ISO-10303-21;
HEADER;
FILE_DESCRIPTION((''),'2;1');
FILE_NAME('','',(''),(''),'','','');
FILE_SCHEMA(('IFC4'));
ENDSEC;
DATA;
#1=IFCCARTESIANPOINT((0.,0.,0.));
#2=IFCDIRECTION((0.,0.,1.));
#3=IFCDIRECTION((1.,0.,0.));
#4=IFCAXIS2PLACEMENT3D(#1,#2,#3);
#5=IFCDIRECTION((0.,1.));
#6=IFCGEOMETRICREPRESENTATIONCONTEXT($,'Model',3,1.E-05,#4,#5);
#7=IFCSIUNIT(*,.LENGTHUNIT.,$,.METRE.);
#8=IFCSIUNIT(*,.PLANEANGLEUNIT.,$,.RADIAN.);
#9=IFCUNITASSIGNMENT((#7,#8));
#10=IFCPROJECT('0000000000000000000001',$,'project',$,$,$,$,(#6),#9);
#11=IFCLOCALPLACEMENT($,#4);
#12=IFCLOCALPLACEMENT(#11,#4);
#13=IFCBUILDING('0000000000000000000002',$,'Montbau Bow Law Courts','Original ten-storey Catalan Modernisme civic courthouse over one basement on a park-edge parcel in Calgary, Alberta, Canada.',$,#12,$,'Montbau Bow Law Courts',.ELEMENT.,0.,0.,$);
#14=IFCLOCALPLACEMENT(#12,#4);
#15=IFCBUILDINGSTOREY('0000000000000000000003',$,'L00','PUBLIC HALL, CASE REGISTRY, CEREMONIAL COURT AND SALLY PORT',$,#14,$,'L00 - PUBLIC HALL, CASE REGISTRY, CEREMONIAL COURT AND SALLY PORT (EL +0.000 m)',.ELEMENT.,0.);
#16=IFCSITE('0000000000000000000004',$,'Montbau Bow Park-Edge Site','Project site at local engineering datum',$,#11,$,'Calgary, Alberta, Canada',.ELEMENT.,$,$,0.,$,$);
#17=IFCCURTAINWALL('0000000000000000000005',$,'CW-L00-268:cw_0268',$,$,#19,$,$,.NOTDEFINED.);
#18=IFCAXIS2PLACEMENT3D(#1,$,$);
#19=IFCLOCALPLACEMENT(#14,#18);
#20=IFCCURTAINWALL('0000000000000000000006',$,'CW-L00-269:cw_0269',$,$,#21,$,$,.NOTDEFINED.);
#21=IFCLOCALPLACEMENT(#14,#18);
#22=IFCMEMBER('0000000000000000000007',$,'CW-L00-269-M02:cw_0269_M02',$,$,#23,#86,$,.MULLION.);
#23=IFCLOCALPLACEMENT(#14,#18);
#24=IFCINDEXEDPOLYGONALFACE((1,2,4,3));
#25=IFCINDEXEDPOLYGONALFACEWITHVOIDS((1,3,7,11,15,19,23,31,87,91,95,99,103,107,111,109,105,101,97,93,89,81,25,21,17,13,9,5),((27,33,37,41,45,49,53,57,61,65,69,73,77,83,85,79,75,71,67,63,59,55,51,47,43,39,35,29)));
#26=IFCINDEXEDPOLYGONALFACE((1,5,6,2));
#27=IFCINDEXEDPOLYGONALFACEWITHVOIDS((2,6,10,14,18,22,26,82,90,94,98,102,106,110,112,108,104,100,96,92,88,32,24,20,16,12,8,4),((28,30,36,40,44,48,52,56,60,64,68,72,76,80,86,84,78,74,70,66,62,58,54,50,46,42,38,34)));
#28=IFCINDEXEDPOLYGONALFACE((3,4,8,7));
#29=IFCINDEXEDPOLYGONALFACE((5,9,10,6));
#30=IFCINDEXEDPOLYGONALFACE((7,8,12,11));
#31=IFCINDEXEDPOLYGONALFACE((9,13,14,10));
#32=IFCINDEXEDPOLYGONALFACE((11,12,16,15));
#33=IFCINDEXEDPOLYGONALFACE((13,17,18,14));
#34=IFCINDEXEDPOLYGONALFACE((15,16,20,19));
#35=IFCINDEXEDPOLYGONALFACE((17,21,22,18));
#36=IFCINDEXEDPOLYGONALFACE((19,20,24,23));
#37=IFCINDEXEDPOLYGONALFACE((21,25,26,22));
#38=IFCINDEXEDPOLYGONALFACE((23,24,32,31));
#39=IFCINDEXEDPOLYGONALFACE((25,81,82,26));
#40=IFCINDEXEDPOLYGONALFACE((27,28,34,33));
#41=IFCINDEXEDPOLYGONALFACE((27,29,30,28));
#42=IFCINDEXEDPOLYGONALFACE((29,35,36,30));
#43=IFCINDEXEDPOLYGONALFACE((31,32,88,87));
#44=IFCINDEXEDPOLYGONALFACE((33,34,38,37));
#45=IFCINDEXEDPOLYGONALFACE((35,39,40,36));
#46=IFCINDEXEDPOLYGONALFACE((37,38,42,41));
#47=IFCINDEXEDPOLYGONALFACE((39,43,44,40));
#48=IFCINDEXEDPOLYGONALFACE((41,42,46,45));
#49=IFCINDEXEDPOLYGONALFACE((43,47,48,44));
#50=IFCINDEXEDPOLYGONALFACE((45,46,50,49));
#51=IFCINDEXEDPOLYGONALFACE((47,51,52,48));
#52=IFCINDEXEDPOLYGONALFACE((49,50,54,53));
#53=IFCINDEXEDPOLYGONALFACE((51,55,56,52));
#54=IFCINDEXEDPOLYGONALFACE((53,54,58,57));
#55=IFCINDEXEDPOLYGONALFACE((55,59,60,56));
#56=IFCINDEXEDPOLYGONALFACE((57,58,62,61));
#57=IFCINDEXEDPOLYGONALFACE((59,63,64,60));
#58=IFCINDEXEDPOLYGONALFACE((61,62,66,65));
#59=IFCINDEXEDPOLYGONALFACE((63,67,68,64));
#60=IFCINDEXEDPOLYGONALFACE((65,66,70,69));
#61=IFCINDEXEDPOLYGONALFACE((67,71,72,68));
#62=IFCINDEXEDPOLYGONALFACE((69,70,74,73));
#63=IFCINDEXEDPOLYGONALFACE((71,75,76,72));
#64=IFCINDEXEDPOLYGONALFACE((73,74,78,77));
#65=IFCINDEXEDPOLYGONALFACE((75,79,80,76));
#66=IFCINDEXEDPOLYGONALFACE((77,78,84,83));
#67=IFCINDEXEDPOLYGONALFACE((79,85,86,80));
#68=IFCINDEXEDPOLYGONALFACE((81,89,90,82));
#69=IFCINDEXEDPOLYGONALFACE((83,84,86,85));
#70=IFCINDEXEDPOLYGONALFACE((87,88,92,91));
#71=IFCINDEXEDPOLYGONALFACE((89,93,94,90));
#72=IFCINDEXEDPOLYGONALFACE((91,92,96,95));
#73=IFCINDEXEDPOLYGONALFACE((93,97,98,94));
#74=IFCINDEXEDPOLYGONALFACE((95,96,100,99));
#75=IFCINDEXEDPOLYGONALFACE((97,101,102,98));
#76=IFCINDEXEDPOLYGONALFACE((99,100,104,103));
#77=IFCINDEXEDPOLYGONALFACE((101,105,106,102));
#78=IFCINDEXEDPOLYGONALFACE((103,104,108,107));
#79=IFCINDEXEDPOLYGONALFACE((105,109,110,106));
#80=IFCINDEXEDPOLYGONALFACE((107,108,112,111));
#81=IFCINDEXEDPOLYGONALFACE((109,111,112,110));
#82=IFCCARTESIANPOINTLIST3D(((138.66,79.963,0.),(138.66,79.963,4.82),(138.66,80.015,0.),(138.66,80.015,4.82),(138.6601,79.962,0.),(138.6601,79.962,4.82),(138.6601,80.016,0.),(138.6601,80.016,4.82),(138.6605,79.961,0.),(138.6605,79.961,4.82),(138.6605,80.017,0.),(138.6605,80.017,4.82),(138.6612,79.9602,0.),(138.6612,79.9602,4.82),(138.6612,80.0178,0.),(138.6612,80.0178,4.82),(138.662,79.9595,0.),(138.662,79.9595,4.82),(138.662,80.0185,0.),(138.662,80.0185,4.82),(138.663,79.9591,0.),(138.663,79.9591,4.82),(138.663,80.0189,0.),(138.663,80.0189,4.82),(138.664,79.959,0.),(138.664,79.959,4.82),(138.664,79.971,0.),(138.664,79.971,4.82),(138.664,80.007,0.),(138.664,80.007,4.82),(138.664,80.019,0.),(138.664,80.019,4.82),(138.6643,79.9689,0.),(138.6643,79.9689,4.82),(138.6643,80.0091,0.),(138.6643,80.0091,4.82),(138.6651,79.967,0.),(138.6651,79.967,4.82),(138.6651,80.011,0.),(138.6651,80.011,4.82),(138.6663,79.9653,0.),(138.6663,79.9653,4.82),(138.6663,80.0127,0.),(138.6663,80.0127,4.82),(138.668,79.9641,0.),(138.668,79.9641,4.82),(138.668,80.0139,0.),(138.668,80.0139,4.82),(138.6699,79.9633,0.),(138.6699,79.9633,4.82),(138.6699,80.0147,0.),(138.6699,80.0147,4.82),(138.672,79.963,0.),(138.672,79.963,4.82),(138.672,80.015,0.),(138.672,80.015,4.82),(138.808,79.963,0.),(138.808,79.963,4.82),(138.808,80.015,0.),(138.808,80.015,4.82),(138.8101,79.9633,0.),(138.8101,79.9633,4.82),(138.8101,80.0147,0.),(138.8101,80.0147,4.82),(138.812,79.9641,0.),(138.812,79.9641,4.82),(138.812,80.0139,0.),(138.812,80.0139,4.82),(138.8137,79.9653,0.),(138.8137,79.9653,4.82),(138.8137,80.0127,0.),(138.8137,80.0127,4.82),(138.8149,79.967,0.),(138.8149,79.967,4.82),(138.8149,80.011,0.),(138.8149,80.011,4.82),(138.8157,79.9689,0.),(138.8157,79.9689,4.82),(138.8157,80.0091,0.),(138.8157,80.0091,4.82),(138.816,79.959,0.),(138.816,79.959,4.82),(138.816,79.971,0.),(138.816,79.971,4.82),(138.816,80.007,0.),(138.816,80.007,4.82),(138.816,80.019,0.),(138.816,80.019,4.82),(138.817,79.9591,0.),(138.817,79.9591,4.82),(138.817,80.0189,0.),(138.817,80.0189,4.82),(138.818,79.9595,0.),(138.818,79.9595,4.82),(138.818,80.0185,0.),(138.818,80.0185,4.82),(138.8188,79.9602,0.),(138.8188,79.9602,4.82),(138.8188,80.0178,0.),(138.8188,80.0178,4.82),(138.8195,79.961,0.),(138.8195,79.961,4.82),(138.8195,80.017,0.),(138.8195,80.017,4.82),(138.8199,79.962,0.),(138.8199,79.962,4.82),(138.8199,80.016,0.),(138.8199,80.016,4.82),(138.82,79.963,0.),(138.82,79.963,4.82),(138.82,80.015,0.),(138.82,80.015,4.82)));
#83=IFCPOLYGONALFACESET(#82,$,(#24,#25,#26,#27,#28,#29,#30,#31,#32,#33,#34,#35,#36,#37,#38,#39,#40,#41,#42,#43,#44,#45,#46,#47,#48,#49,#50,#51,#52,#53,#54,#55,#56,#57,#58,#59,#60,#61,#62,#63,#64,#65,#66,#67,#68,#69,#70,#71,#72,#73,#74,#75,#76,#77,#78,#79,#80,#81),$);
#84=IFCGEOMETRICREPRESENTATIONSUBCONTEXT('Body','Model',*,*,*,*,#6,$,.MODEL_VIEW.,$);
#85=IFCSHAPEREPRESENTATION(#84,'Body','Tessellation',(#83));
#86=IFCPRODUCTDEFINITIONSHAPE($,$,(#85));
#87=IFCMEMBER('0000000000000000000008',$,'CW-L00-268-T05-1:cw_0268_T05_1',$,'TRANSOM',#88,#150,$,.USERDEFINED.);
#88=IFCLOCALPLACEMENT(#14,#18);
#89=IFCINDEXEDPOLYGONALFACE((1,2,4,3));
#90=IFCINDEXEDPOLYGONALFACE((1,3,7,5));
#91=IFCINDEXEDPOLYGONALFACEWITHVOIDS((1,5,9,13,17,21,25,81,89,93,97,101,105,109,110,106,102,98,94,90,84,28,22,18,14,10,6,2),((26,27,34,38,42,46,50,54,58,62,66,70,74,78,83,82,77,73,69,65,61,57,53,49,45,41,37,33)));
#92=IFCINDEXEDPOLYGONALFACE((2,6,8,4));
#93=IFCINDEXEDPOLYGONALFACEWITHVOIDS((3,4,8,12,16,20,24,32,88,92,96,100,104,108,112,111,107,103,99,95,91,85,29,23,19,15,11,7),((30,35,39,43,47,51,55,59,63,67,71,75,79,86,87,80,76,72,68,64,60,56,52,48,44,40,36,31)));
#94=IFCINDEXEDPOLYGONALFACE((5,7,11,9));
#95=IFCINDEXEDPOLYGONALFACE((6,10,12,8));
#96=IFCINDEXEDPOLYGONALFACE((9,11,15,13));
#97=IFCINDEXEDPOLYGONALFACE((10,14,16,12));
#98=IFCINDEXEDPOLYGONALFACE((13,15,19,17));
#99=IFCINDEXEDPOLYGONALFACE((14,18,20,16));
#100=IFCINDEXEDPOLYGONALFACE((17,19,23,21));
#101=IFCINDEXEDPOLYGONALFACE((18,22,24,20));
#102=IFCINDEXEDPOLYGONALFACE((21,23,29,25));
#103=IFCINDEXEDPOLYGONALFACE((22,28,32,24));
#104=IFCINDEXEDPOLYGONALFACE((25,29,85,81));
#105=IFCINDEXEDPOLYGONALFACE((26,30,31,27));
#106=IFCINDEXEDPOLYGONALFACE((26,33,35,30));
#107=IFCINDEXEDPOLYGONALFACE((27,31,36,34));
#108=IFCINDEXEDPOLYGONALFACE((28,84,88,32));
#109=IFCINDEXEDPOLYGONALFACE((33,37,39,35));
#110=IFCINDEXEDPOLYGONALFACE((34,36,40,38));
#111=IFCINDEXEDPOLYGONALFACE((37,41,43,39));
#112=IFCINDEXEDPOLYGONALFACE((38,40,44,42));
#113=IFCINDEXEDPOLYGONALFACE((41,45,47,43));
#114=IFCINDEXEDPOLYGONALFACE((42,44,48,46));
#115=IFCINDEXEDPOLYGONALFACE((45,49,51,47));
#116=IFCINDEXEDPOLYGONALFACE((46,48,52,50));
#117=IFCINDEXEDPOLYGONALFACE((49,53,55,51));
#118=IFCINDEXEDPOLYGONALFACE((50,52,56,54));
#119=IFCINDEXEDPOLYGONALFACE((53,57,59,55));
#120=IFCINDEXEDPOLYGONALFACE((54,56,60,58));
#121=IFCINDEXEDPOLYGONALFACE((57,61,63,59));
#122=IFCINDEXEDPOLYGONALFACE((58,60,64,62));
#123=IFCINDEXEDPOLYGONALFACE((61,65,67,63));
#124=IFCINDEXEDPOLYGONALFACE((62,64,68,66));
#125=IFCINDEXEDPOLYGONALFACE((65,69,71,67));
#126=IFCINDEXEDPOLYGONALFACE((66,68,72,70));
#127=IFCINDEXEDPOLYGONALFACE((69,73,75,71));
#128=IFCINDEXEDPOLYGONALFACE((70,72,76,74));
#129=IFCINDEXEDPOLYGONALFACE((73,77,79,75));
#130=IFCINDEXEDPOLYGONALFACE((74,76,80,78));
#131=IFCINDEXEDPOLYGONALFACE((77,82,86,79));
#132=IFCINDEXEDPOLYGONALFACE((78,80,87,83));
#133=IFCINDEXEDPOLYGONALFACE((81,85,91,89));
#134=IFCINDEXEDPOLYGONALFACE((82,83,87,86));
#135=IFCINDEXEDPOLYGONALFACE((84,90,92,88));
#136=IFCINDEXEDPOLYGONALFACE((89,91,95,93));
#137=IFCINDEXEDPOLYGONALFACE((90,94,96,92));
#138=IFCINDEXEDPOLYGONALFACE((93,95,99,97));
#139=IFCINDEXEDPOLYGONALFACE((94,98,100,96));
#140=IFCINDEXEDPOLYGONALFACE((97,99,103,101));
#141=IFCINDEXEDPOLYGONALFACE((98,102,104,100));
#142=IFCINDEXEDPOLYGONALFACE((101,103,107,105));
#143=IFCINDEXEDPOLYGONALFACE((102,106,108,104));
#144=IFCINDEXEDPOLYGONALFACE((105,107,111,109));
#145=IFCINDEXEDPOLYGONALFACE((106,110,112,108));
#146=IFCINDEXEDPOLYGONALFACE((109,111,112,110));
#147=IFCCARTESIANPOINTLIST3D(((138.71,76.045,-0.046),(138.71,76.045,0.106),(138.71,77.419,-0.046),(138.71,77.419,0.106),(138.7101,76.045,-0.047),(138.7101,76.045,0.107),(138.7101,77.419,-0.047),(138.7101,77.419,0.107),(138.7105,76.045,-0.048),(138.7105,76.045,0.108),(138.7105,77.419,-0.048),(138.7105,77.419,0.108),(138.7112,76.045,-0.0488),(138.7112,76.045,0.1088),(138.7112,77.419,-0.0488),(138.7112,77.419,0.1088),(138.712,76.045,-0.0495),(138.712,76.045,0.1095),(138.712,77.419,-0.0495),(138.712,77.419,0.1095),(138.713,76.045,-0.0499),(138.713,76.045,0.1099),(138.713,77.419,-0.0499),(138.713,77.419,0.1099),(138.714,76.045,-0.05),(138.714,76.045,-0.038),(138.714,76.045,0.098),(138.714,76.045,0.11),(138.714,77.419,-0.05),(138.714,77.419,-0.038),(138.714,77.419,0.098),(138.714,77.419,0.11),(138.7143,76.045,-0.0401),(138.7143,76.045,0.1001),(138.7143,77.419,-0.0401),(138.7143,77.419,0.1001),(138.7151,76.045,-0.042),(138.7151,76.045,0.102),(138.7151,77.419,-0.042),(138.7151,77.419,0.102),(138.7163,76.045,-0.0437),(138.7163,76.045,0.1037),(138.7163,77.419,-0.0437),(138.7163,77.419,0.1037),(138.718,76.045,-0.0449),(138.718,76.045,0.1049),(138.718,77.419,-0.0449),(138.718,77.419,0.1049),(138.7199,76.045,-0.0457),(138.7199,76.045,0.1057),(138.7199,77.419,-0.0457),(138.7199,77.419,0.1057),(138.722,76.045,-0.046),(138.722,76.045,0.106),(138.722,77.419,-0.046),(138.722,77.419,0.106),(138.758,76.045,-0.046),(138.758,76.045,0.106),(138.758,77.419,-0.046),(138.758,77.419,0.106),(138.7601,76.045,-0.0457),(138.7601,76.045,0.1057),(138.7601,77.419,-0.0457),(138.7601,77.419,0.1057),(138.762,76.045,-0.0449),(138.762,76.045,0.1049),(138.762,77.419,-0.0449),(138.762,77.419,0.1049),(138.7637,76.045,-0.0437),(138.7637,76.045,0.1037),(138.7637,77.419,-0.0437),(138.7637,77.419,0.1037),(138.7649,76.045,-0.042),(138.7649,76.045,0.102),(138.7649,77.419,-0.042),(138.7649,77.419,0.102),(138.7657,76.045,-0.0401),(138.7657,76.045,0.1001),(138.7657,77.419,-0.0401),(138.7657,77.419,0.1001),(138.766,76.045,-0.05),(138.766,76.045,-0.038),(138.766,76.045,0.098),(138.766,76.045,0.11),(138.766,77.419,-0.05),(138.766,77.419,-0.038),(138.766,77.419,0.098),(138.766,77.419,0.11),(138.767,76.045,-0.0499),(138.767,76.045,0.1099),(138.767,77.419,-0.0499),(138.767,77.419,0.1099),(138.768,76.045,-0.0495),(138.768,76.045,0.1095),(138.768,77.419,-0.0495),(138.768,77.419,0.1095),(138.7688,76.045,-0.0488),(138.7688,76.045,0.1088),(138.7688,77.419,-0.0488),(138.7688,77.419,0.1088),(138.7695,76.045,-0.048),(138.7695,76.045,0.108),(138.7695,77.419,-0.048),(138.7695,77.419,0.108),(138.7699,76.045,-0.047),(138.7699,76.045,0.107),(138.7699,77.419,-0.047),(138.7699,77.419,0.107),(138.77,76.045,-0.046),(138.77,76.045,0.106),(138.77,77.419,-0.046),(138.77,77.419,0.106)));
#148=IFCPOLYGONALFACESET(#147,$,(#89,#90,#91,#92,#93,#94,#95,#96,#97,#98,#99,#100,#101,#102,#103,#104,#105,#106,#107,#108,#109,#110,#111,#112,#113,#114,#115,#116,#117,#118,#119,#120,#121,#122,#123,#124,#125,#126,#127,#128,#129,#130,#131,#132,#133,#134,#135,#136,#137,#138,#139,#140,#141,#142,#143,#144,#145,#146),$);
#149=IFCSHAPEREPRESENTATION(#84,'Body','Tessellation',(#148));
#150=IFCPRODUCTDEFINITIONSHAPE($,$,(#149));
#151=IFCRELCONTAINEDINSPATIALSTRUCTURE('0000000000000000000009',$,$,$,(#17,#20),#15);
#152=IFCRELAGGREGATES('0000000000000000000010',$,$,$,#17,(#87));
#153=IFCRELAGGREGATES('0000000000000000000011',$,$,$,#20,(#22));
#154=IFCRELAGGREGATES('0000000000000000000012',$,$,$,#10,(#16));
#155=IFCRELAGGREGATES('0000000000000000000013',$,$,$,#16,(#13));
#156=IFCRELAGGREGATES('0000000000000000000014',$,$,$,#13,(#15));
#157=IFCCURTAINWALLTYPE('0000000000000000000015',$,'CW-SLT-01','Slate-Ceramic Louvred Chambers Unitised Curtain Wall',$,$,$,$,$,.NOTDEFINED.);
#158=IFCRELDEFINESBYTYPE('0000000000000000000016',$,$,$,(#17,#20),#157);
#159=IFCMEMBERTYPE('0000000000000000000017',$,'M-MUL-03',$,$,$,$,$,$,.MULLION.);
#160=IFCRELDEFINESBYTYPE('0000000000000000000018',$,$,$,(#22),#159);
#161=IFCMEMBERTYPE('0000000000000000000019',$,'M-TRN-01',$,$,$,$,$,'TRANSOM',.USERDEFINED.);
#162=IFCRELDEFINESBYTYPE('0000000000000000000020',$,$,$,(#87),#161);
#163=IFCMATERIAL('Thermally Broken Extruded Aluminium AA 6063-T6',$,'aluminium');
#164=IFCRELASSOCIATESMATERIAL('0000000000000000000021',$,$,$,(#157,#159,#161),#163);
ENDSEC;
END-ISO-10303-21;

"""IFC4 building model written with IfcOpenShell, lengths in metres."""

from ifc_helpers import new_model, si_unit, direction, frame, origin_with_axes, origin_2d_with_axis, place, context, subcontext, project, spatial, hollow_rectangle, extrude, material, material_profile, profile_set, type_object, element, aggregate, save


model = new_model("IFC4")

# Units and contexts
model_context = context("Model", 3, precision=1e-05, world=origin_with_axes(), true_north=direction((0.0, 1.0)))
body_context = subcontext(model_context, "Body", "Model", "MODEL_VIEW")
ifc_project = project(units=[si_unit("LENGTHUNIT", "METRE"), si_unit("PLANEANGLEUNIT", "RADIAN")], contexts=[model_context])

# Site, building, storey
site_placement = place(None, origin_with_axes())
site = spatial("IfcSite", under=ifc_project, at=site_placement, Name="Montbau Bow Park-Edge Site", Description="Project site at local engineering datum", LongName="Calgary, Alberta, Canada", CompositionType="ELEMENT", RefElevation=0.0)
building_placement = place(site_placement, origin_with_axes())
building = spatial("IfcBuilding", under=site, at=building_placement, Name="Montbau Bow Law Courts", Description="Original ten-storey Catalan Modernisme civic courthouse over one basement on a park-edge parcel in Calgary, Alberta, Canada.", LongName="Montbau Bow Law Courts", CompositionType="ELEMENT", ElevationOfRefHeight=0.0, ElevationOfTerrain=0.0)
storey_placement = place(building_placement, origin_with_axes())
storey = spatial("IfcBuildingStorey", under=building, at=storey_placement, Name="L00", Description="PUBLIC HALL, CASE REGISTRY, CEREMONIAL COURT AND SALLY PORT", LongName="L00 - PUBLIC HALL, CASE REGISTRY, CEREMONIAL COURT AND SALLY PORT (EL +0.000 m)", CompositionType="ELEMENT", Elevation=0.0)

# Curtain wall
ifc_material_1 = material(Name="Thermally Broken Extruded Aluminium AA 6063-T6", Category="aluminium")
curtain_wall_type = type_object("IfcCurtainWallType", Name="CW-SLT-01", Description="Slate-Ceramic Louvred Chambers Unitised Curtain Wall", PredefinedType="NOTDEFINED", material=ifc_material_1)
curtain_wall_1_placement = place(None, frame((138.74, 70.115, 0.0), z_axis=(0.0, 0.0, 1.0), x_axis=(1.0, 0.0, 0.0)))
curtain_wall_1 = element("IfcCurtainWall", 1, at=curtain_wall_1_placement, inside=storey, type_object=curtain_wall_type, Name="CW-L00-268:cw_0268", PredefinedType="NOTDEFINED")

# Curtain wall, member
curtain_wall_2_placement = place(None, frame((138.74, 78.515, 0.0), z_axis=(0.0, 0.0, 1.0), x_axis=(1.0, 0.0, 0.0)))
curtain_wall_2 = element("IfcCurtainWall", 2, at=curtain_wall_2_placement, inside=storey, type_object=curtain_wall_type, Name="CW-L00-269:cw_0269", PredefinedType="NOTDEFINED")
ifc_material_profile_1 = material_profile(ifc_material_1, hollow_rectangle(XDim=0.06, YDim=0.16, WallThickness=0.004, InnerFilletRadius=0.008, OuterFilletRadius=0.004, at=origin_2d_with_axis()), Name="CWM-160X60", Category="Main", Priority=0)
ifc_profile_set_1 = profile_set([ifc_material_profile_1], Name="Thermally Broken Extruded Aluminium AA 6063-T6")
member_type_1 = type_object("IfcMemberType", Name="M-MUL-03", PredefinedType="MULLION", material=ifc_profile_set_1)
member_1_placement = place(None, frame((138.74, 79.989, 0.0), z_axis=(0.0, 0.0, 1.0), x_axis=(0.0, 1.0, 0.0)))
member_1 = element("IfcMember", 3, at=member_1_placement, type_object=member_type_1, Name="CW-L00-269-M02:cw_0269_M02", PredefinedType="MULLION", context=body_context, shape_type="SweptSolid", body=[
    extrude(hollow_rectangle(XDim=0.06, YDim=0.16, WallThickness=0.004, InnerFilletRadius=0.008, OuterFilletRadius=0.004, at=origin_2d_with_axis()), origin_with_axes(), (0.0, 0.0, 1.0), 4.82),
])

# Member
ifc_material_profile_2 = material_profile(ifc_material_1, hollow_rectangle(XDim=0.06, YDim=0.16, WallThickness=0.004, InnerFilletRadius=0.008, OuterFilletRadius=0.004, at=origin_2d_with_axis()), Name="CWT-160X60", Category="Main", Priority=0)
ifc_profile_set_2 = profile_set([ifc_material_profile_2], Name="Thermally Broken Extruded Aluminium AA 6063-T6")
member_type_2 = type_object("IfcMemberType", Name="M-TRN-01", ElementType="TRANSOM", PredefinedType="USERDEFINED", material=ifc_profile_set_2)
member_2_placement = place(None, frame((138.74, 76.045, 0.03), z_axis=(0.0, 1.0, 0.0), x_axis=(-1.0, 0.0, 0.0)))
member_2 = element("IfcMember", 4, at=member_2_placement, type_object=member_type_2, Name="CW-L00-268-T05-1:cw_0268_T05_1", ObjectType="TRANSOM", PredefinedType="USERDEFINED", context=body_context, shape_type="SweptSolid", body=[
    extrude(hollow_rectangle(XDim=0.06, YDim=0.16, WallThickness=0.004, InnerFilletRadius=0.008, OuterFilletRadius=0.004, at=origin_2d_with_axis()), origin_with_axes(), (0.0, 0.0, 1.0), 1.374),
])

aggregate(curtain_wall_1, [member_2])
aggregate(curtain_wall_2, [member_1])

save(model, "model.ifc")
